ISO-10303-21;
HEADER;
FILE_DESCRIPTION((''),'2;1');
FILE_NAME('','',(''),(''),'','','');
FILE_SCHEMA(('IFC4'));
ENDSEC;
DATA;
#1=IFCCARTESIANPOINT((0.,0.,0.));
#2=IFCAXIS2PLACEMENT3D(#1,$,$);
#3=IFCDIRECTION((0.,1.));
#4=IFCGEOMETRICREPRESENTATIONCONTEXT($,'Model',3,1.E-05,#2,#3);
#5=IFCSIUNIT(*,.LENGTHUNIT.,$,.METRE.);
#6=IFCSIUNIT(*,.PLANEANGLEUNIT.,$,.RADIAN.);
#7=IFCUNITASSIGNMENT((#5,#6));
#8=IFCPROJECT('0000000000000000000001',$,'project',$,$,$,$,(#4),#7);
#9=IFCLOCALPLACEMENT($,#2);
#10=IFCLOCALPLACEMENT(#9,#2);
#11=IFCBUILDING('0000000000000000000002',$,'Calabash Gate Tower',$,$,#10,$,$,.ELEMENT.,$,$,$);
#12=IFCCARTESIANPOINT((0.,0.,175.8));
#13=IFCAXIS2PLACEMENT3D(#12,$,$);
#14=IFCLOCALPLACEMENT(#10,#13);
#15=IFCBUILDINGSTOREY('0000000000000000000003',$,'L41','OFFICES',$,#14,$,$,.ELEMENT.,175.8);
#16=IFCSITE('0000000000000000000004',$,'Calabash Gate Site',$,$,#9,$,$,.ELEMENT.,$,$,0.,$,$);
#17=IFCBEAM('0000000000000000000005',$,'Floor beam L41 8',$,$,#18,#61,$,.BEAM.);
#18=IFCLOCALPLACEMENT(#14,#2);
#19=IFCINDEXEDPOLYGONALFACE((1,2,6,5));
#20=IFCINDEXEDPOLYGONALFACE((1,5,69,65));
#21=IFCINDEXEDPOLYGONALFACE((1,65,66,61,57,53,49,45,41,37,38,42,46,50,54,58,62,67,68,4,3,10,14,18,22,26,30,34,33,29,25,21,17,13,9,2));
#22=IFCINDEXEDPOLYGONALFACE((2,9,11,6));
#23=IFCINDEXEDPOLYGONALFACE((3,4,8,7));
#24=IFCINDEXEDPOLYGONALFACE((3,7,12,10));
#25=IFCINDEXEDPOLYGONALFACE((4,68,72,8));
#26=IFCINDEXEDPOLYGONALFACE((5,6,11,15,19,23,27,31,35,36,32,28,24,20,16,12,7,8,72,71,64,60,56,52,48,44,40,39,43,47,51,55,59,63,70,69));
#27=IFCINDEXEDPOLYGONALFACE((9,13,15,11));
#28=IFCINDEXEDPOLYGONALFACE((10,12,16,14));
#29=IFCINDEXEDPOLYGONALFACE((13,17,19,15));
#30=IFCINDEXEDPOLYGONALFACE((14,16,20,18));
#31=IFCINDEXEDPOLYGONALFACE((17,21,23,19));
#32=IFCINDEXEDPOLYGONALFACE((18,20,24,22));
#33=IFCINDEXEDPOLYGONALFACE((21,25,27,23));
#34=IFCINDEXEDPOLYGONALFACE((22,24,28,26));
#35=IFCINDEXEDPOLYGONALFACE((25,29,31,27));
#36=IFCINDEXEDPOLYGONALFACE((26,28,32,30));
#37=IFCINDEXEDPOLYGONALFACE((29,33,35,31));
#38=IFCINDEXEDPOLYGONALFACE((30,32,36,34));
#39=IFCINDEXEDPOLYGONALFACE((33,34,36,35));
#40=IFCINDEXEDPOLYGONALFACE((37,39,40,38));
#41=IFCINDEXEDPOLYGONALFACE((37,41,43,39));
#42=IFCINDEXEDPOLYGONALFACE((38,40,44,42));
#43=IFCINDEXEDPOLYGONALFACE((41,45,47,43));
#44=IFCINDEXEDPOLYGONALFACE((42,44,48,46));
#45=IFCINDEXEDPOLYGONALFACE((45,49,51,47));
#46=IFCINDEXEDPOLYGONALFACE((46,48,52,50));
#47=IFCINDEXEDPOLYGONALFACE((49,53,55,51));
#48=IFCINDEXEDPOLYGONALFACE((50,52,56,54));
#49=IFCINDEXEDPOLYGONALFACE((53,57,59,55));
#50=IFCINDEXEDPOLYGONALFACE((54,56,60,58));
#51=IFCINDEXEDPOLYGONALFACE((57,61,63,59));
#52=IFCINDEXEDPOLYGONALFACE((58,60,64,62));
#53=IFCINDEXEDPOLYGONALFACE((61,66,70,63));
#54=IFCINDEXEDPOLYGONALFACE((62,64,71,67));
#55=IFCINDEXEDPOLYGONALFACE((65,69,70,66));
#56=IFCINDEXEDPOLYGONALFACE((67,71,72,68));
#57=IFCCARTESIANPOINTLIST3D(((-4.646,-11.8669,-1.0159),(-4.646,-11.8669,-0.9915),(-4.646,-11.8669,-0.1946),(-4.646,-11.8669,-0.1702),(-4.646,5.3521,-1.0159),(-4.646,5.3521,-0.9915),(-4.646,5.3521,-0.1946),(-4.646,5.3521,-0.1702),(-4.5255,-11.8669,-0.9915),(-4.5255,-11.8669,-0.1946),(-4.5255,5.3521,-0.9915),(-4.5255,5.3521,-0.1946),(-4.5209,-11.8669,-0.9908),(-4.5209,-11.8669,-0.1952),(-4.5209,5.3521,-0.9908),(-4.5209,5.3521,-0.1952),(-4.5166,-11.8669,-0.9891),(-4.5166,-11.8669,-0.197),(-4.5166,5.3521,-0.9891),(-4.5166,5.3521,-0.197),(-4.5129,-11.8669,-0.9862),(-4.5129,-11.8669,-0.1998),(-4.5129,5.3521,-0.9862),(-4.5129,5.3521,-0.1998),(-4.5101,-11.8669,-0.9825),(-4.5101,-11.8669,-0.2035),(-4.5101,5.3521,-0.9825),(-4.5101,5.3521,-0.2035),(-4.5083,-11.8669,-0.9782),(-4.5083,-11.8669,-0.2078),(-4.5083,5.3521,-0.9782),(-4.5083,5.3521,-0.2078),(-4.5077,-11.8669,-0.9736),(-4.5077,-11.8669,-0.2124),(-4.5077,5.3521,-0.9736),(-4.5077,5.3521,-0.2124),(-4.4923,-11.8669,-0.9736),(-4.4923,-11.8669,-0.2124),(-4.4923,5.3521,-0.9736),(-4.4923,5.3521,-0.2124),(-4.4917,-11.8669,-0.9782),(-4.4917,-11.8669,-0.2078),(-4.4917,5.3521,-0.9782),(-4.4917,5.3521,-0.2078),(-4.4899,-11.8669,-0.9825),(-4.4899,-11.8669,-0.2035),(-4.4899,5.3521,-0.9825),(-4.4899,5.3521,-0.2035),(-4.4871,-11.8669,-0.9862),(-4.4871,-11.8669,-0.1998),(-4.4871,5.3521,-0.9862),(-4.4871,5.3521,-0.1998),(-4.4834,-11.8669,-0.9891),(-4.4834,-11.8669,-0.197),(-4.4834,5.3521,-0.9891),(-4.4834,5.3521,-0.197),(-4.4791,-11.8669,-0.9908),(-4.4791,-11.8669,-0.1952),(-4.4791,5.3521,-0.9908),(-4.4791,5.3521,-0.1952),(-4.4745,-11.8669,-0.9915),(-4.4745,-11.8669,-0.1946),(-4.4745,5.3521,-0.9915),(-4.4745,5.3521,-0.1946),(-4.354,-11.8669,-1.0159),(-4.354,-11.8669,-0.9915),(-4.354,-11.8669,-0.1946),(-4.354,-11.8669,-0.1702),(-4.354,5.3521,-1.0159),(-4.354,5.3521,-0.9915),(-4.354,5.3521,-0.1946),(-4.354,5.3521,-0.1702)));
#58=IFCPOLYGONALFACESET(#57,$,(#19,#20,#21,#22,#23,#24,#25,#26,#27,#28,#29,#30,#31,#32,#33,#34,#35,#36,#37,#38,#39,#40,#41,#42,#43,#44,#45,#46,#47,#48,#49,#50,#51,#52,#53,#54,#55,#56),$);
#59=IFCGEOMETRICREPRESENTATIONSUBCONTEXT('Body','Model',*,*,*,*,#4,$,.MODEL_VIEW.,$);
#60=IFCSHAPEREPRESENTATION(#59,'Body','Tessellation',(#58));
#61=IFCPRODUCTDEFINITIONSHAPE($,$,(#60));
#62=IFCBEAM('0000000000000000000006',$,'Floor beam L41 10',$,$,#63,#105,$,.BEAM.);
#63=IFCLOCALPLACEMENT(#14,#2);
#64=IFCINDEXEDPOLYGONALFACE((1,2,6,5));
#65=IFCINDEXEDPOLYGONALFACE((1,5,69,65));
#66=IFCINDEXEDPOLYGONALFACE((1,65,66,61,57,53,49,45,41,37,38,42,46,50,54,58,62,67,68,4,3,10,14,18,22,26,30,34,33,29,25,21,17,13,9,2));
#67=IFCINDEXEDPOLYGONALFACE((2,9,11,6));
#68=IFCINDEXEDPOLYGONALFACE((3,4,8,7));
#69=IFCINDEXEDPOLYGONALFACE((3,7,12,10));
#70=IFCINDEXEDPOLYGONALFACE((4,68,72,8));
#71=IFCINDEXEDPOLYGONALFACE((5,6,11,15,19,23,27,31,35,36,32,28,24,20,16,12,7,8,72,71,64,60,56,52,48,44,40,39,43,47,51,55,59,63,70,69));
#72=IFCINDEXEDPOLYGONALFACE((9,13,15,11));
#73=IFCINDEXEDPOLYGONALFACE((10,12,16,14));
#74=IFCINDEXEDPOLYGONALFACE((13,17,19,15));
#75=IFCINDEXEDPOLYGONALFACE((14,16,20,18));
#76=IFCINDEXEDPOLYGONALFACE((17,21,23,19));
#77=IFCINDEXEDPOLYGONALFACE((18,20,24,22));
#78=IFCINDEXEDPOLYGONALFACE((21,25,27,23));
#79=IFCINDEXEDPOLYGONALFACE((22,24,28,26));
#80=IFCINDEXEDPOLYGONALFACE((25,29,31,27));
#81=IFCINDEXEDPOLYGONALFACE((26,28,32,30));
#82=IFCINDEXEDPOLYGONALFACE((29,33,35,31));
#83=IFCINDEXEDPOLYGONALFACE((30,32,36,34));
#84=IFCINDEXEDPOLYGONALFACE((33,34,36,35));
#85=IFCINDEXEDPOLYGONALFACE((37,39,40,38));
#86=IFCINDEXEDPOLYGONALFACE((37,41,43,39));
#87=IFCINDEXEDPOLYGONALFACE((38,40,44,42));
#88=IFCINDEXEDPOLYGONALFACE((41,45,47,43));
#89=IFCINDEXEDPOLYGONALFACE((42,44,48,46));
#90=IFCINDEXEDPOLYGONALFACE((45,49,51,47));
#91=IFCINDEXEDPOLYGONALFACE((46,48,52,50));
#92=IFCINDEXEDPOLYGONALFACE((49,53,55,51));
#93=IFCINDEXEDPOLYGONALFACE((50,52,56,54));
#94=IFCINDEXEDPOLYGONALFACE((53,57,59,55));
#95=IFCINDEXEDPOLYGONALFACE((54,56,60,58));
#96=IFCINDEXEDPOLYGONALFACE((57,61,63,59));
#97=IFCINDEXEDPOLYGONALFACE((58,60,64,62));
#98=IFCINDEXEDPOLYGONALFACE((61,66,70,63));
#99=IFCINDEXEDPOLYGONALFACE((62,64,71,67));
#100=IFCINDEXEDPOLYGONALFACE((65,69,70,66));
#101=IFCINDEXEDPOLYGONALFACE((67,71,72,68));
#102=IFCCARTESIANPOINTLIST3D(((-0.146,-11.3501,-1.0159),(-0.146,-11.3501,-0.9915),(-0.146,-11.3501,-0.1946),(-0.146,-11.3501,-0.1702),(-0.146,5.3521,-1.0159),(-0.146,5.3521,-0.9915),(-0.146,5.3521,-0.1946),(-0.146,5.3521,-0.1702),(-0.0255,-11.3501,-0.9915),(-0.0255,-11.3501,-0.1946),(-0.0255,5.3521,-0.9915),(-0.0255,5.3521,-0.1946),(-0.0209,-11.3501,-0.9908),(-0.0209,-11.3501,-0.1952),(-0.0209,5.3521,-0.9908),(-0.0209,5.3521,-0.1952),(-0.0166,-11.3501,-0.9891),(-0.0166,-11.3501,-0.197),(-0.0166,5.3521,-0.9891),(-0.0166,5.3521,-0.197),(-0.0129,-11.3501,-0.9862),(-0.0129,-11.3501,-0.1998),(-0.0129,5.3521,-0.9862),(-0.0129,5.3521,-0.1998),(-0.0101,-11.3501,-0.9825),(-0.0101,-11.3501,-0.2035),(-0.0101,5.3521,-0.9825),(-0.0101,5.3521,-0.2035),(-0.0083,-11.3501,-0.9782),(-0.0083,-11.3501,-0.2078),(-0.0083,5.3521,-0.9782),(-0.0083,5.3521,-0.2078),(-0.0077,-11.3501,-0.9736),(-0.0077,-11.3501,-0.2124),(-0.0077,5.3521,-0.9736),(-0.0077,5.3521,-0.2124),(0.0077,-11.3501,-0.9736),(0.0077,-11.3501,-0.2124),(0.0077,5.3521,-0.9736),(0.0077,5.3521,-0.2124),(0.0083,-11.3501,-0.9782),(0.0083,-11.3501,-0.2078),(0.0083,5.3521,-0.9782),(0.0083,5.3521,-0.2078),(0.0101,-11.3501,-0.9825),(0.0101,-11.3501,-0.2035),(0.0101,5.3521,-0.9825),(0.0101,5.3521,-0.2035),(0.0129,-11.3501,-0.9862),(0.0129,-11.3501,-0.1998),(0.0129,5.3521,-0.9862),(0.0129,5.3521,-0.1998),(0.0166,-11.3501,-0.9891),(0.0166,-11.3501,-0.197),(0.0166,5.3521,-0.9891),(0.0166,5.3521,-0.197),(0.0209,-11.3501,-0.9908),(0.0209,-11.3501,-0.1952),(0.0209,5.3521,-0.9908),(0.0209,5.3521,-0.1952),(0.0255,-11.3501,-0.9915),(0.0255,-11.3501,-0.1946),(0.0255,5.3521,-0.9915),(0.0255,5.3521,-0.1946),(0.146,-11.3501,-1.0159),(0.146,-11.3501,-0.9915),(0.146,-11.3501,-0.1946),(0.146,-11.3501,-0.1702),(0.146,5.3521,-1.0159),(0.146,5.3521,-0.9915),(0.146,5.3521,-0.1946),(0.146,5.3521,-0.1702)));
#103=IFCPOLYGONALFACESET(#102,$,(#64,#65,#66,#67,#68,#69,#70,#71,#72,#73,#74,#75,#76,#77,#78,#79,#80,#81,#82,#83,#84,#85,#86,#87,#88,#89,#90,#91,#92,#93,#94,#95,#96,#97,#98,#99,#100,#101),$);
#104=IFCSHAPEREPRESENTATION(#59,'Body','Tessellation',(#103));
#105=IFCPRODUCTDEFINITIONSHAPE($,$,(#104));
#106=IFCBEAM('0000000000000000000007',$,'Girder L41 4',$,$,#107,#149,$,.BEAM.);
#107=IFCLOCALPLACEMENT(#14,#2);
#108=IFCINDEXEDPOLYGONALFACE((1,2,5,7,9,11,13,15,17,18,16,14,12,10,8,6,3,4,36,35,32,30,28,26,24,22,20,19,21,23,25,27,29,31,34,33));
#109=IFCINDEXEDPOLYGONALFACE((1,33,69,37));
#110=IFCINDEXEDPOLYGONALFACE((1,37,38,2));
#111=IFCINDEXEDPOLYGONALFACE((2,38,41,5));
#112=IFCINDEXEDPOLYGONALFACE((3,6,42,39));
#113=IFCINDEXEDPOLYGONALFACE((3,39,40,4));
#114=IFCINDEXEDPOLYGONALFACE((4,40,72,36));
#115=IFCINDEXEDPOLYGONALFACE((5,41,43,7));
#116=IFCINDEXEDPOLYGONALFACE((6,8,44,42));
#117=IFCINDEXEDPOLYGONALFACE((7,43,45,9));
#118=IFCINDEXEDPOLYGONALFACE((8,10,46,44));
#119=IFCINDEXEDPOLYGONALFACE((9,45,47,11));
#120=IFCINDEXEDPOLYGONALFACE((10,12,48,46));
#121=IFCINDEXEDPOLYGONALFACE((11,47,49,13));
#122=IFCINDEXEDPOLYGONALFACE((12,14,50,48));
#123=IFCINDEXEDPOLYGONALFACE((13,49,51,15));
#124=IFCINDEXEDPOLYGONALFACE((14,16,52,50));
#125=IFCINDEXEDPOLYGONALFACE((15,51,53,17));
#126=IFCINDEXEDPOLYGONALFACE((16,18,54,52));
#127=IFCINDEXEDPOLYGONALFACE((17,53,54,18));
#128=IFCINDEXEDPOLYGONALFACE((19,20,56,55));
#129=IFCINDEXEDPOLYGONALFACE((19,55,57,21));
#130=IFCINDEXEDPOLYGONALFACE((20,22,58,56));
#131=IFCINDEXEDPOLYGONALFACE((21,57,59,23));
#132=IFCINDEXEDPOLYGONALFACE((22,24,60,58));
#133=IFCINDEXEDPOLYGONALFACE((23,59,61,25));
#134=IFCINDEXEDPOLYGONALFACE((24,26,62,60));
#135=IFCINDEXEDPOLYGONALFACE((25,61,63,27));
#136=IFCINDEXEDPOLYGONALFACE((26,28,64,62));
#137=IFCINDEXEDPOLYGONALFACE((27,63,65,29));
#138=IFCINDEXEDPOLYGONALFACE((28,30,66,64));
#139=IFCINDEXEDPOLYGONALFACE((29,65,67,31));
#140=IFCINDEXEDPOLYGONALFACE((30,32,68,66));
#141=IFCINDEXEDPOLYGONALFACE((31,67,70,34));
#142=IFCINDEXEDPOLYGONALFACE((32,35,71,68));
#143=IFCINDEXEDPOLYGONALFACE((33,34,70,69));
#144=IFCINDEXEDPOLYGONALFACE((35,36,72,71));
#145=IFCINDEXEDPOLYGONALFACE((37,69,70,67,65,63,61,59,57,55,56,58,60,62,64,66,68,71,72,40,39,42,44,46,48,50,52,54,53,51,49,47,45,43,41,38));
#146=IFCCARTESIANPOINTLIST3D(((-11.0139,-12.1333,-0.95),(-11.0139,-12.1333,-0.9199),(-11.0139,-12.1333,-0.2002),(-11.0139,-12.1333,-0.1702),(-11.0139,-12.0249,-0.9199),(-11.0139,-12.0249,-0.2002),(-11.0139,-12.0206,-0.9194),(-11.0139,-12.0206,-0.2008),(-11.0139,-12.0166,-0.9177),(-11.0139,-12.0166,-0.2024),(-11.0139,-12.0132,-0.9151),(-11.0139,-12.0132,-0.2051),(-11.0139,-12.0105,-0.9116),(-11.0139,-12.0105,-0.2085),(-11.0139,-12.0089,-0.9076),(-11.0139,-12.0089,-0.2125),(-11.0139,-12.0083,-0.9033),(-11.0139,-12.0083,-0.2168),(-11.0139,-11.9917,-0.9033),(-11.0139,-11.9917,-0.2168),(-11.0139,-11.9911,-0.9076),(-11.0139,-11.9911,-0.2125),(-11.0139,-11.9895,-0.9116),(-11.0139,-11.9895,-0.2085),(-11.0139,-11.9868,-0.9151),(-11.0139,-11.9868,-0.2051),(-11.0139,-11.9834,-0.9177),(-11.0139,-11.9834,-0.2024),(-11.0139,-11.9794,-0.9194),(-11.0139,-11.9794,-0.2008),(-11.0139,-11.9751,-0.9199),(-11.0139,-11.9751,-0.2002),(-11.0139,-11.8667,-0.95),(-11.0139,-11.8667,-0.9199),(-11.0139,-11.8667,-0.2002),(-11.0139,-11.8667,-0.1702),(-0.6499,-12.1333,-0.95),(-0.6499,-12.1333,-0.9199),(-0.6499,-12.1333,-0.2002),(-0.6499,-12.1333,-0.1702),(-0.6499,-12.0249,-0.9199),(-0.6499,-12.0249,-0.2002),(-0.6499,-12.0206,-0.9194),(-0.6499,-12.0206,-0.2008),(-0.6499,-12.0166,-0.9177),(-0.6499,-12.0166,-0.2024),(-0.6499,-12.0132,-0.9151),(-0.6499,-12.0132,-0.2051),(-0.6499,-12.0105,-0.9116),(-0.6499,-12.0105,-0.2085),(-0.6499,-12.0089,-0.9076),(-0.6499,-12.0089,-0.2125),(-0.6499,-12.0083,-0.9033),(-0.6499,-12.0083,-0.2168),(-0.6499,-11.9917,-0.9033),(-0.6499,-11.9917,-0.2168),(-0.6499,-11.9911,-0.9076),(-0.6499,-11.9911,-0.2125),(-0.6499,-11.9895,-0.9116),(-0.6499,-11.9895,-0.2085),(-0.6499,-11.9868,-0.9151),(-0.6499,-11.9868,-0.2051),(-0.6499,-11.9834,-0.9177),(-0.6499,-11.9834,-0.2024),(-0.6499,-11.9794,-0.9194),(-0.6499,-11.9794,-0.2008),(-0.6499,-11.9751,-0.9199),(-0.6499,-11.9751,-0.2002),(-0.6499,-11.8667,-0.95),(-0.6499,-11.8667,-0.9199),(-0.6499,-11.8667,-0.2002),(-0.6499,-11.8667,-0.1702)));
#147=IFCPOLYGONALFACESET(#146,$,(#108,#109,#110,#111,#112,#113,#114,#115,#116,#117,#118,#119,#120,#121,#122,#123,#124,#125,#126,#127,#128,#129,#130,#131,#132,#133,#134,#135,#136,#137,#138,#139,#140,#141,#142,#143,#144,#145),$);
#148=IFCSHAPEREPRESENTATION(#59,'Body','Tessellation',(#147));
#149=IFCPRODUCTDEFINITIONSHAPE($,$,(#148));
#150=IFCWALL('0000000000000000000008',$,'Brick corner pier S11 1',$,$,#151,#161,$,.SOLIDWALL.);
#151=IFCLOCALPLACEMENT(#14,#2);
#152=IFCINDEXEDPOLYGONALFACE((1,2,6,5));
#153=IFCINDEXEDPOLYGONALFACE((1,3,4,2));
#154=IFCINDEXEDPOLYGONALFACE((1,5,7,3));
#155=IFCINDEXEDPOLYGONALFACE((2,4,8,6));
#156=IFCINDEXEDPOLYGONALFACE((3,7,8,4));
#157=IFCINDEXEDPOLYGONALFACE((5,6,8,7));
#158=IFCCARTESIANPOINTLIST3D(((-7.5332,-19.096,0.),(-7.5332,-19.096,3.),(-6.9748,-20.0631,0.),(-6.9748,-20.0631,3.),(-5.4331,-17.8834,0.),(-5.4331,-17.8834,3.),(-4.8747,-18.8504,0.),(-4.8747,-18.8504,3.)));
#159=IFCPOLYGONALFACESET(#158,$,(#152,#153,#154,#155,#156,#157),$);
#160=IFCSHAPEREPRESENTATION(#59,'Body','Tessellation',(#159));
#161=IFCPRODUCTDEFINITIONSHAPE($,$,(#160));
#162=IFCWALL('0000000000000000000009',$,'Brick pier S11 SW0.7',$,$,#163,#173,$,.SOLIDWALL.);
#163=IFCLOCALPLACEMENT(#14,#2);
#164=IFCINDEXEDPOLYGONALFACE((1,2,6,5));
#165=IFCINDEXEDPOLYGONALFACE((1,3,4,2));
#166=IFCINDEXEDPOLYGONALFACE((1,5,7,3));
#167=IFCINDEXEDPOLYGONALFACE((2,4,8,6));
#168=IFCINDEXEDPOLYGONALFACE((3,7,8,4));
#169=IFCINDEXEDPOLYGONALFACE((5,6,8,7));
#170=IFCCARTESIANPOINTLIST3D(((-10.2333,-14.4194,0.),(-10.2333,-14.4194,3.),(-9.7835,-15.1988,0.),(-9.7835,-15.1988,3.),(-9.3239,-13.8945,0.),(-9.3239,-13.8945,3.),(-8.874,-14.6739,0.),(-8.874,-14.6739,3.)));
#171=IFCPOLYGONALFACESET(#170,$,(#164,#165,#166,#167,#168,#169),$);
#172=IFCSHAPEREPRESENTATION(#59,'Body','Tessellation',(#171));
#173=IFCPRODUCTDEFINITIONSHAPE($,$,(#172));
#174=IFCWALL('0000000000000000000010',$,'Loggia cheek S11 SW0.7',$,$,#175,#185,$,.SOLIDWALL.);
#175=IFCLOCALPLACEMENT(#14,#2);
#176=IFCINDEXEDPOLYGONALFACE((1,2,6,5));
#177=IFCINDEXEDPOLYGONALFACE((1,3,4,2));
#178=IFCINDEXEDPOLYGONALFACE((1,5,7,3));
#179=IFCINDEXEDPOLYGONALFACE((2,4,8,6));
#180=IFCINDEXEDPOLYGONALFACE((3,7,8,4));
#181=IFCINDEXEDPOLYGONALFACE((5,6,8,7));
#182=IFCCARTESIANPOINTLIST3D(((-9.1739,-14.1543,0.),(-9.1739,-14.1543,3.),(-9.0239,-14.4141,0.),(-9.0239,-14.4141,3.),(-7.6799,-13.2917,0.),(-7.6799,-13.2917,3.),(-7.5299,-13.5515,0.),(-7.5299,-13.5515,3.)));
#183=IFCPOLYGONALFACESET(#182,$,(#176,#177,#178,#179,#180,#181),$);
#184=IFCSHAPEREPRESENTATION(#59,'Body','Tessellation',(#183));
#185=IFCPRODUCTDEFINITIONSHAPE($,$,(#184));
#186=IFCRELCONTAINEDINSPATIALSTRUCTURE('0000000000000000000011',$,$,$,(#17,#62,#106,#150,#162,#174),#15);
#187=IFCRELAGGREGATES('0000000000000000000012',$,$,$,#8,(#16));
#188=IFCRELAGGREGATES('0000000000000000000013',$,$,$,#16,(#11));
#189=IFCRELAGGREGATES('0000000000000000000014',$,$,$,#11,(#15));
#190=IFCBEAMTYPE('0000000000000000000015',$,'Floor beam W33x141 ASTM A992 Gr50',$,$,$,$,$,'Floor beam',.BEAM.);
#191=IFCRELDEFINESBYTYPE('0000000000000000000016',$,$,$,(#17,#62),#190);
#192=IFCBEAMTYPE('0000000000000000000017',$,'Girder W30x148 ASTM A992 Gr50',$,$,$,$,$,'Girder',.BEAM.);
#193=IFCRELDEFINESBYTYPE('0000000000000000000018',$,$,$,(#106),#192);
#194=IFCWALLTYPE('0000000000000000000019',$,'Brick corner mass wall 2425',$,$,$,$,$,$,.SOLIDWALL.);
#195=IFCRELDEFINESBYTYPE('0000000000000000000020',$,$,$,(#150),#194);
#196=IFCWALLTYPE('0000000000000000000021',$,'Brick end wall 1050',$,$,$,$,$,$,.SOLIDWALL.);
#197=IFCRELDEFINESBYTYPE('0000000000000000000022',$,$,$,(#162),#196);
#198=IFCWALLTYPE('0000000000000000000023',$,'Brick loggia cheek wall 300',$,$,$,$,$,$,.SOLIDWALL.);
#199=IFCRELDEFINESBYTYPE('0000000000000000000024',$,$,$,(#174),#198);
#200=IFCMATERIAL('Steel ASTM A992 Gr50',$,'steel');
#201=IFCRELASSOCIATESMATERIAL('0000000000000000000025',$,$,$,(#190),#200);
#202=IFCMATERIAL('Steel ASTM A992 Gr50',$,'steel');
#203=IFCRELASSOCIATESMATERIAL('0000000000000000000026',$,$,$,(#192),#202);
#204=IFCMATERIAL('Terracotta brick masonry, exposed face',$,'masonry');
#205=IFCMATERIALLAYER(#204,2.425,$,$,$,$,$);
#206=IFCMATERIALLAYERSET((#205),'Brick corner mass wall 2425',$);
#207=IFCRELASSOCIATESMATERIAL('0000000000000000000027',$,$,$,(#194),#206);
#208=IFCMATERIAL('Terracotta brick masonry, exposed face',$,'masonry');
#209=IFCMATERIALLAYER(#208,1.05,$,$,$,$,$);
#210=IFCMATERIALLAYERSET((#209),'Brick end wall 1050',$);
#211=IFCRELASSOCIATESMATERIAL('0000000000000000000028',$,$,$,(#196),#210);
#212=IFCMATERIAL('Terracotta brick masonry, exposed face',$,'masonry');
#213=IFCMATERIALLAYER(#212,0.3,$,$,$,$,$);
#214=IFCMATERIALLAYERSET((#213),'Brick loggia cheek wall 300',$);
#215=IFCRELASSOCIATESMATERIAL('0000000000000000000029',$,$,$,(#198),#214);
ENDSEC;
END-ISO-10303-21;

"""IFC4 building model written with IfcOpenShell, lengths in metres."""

from ifc_helpers import new_model, si_unit, direction, frame, frame_2d, origin, origin_2d, place, context, subcontext, project, spatial, rectangle, i_section, extrude, material, layer, layer_set, material_profile, profile_set, type_object, element, save


model = new_model("IFC4")

# Units and contexts
model_context = context("Model", 3, precision=1e-05, world=origin(), true_north=direction((0.0, 1.0)))
body_context = subcontext(model_context, "Body", "Model", "MODEL_VIEW")
ifc_project = project(units=[si_unit("LENGTHUNIT", "METRE"), si_unit("PLANEANGLEUNIT", "RADIAN")], contexts=[model_context])

# Site, building, storey
site_placement = place(None, origin())
site = spatial("IfcSite", under=ifc_project, at=site_placement, Name="Calabash Gate Site", CompositionType="ELEMENT", RefElevation=0.0)
building_placement = place(site_placement, origin())
building = spatial("IfcBuilding", under=site, at=building_placement, Name="Calabash Gate Tower", CompositionType="ELEMENT")
storey_placement = place(building_placement, frame((0.0, 0.0, 175.8)))
storey = spatial("IfcBuildingStorey", under=building, at=storey_placement, Name="L41", Description="OFFICES", CompositionType="ELEMENT", Elevation=175.8)

# Beams
ifc_material_1 = material(Name="Steel ASTM A992 Gr50", Category="steel")
ifc_material_profile_1 = material_profile(ifc_material_1, i_section(OverallWidth=0.292, OverallDepth=0.8457, WebThickness=0.0154, FlangeThickness=0.0244, FilletRadius=0.0178, at=origin_2d()))
ifc_profile_set_1 = profile_set([ifc_material_profile_1], Name="Steel ASTM A992 Gr50")
beam_type_1 = type_object("IfcBeamType", Name="Floor beam W33x141 ASTM A992 Gr50", ElementType="Floor beam", PredefinedType="BEAM", material=ifc_profile_set_1)
beam_1_placement = place(storey_placement, frame((-4.5, -11.8669, -0.593), z_axis=(0.0, 1.0, 0.0), x_axis=(-1.0, 0.0, 0.0)))
element("IfcBeam", 1, at=beam_1_placement, inside=storey, type_object=beam_type_1, Name="Floor beam L41 8", PredefinedType="BEAM", context=body_context, shape_type="SweptSolid", body=[
    extrude(i_section(OverallWidth=0.292, OverallDepth=0.8457, WebThickness=0.0154, FlangeThickness=0.0244, FilletRadius=0.0178, at=origin_2d()), origin(), (0.0, 0.0, 1.0), 17.219),
])
beam_2_placement = place(storey_placement, frame((0.0, -11.3501, -0.593), z_axis=(0.0, 1.0, 0.0), x_axis=(-1.0, 0.0, 0.0)))
element("IfcBeam", 2, at=beam_2_placement, inside=storey, type_object=beam_type_1, Name="Floor beam L41 10", PredefinedType="BEAM", context=body_context, shape_type="SweptSolid", body=[
    extrude(i_section(OverallWidth=0.292, OverallDepth=0.8457, WebThickness=0.0154, FlangeThickness=0.0244, FilletRadius=0.0178, at=origin_2d()), origin(), (0.0, 0.0, 1.0), 16.7021),
])
ifc_material_2 = material(Name="Steel ASTM A992 Gr50", Category="steel")
ifc_material_profile_2 = material_profile(ifc_material_2, i_section(OverallWidth=0.2666, OverallDepth=0.7798, WebThickness=0.0166, FlangeThickness=0.03, FilletRadius=0.0166, at=origin_2d()))
ifc_profile_set_2 = profile_set([ifc_material_profile_2], Name="Steel ASTM A992 Gr50")
beam_type_2 = type_object("IfcBeamType", Name="Girder W30x148 ASTM A992 Gr50", ElementType="Girder", PredefinedType="BEAM", material=ifc_profile_set_2)
beam_3_placement = place(storey_placement, frame((-11.0139, -12.0, -0.5601), z_axis=(1.0, 0.0, 0.0), x_axis=(0.0, 1.0, 0.0)))
element("IfcBeam", 3, at=beam_3_placement, inside=storey, type_object=beam_type_2, Name="Girder L41 4", PredefinedType="BEAM", context=body_context, shape_type="SweptSolid", body=[
    extrude(i_section(OverallWidth=0.2666, OverallDepth=0.7798, WebThickness=0.0166, FlangeThickness=0.03, FilletRadius=0.0166, at=origin_2d()), origin(), (0.0, 0.0, 1.0), 10.364),
])

# Walls
ifc_material_3 = material(Name="Terracotta brick masonry, exposed face", Category="masonry")
ifc_layer_1 = layer(ifc_material_3, 2.425)
ifc_layer_set_1 = layer_set([ifc_layer_1], Name="Brick corner mass wall 2425")
wall_type_1 = type_object("IfcWallType", Name="Brick corner mass wall 2425", PredefinedType="SOLIDWALL", material=ifc_layer_set_1)
wall_1_placement = place(storey_placement, frame((-5.1541, -18.3669, 0.0), z_axis=(0.0, 0.0, 1.0), x_axis=(-0.865998, -0.500048, 0.0)))
element("IfcWall", 4, at=wall_1_placement, inside=storey, type_object=wall_type_1, Name="Brick corner pier S11 1", PredefinedType="SOLIDWALL", context=body_context, shape_type="SweptSolid", body=[
    extrude(rectangle(XDim=2.425, YDim=1.1167, at=frame_2d((1.2124, 0.0))), origin(), (0.0, 0.0, 1.0), 3.0),
])
ifc_material_4 = material(Name="Terracotta brick masonry, exposed face", Category="masonry")
ifc_layer_2 = layer(ifc_material_4, 1.05)
ifc_layer_set_2 = layer_set([ifc_layer_2], Name="Brick end wall 1050")
wall_type_2 = type_object("IfcWallType", Name="Brick end wall 1050", PredefinedType="SOLIDWALL", material=ifc_layer_set_2)
wall_2_placement = place(storey_placement, frame((-10.0083, -14.8091, 0.0), z_axis=(0.0, 0.0, 1.0), x_axis=(0.866089, 0.49989, 0.0)))
element("IfcWall", 5, at=wall_2_placement, inside=storey, type_object=wall_type_2, Name="Brick pier S11 SW0.7", PredefinedType="SOLIDWALL", context=body_context, shape_type="SweptSolid", body=[
    extrude(rectangle(XDim=1.05, YDim=0.8999, at=frame_2d((0.5249, 0.0))), origin(), (0.0, 0.0, 1.0), 3.0),
])
ifc_material_5 = material(Name="Terracotta brick masonry, exposed face", Category="masonry")
ifc_layer_3 = layer(ifc_material_5, 0.3)
ifc_layer_set_3 = layer_set([ifc_layer_3], Name="Brick loggia cheek wall 300")
wall_type_3 = type_object("IfcWallType", Name="Brick loggia cheek wall 300", PredefinedType="SOLIDWALL", material=ifc_layer_set_3)
wall_3_placement = place(storey_placement, frame((-9.0989, -14.2842, 0.0), z_axis=(0.0, 0.0, 1.0), x_axis=(0.866014, 0.500021, 0.0)))
element("IfcWall", 6, at=wall_3_placement, inside=storey, type_object=wall_type_3, Name="Loggia cheek S11 SW0.7", PredefinedType="SOLIDWALL", context=body_context, shape_type="SweptSolid", body=[
    extrude(rectangle(XDim=1.7251, YDim=0.3, at=frame_2d((0.8625, 0.0))), origin(), (0.0, 0.0, 1.0), 3.0),
])

save(model, "model.ifc")
